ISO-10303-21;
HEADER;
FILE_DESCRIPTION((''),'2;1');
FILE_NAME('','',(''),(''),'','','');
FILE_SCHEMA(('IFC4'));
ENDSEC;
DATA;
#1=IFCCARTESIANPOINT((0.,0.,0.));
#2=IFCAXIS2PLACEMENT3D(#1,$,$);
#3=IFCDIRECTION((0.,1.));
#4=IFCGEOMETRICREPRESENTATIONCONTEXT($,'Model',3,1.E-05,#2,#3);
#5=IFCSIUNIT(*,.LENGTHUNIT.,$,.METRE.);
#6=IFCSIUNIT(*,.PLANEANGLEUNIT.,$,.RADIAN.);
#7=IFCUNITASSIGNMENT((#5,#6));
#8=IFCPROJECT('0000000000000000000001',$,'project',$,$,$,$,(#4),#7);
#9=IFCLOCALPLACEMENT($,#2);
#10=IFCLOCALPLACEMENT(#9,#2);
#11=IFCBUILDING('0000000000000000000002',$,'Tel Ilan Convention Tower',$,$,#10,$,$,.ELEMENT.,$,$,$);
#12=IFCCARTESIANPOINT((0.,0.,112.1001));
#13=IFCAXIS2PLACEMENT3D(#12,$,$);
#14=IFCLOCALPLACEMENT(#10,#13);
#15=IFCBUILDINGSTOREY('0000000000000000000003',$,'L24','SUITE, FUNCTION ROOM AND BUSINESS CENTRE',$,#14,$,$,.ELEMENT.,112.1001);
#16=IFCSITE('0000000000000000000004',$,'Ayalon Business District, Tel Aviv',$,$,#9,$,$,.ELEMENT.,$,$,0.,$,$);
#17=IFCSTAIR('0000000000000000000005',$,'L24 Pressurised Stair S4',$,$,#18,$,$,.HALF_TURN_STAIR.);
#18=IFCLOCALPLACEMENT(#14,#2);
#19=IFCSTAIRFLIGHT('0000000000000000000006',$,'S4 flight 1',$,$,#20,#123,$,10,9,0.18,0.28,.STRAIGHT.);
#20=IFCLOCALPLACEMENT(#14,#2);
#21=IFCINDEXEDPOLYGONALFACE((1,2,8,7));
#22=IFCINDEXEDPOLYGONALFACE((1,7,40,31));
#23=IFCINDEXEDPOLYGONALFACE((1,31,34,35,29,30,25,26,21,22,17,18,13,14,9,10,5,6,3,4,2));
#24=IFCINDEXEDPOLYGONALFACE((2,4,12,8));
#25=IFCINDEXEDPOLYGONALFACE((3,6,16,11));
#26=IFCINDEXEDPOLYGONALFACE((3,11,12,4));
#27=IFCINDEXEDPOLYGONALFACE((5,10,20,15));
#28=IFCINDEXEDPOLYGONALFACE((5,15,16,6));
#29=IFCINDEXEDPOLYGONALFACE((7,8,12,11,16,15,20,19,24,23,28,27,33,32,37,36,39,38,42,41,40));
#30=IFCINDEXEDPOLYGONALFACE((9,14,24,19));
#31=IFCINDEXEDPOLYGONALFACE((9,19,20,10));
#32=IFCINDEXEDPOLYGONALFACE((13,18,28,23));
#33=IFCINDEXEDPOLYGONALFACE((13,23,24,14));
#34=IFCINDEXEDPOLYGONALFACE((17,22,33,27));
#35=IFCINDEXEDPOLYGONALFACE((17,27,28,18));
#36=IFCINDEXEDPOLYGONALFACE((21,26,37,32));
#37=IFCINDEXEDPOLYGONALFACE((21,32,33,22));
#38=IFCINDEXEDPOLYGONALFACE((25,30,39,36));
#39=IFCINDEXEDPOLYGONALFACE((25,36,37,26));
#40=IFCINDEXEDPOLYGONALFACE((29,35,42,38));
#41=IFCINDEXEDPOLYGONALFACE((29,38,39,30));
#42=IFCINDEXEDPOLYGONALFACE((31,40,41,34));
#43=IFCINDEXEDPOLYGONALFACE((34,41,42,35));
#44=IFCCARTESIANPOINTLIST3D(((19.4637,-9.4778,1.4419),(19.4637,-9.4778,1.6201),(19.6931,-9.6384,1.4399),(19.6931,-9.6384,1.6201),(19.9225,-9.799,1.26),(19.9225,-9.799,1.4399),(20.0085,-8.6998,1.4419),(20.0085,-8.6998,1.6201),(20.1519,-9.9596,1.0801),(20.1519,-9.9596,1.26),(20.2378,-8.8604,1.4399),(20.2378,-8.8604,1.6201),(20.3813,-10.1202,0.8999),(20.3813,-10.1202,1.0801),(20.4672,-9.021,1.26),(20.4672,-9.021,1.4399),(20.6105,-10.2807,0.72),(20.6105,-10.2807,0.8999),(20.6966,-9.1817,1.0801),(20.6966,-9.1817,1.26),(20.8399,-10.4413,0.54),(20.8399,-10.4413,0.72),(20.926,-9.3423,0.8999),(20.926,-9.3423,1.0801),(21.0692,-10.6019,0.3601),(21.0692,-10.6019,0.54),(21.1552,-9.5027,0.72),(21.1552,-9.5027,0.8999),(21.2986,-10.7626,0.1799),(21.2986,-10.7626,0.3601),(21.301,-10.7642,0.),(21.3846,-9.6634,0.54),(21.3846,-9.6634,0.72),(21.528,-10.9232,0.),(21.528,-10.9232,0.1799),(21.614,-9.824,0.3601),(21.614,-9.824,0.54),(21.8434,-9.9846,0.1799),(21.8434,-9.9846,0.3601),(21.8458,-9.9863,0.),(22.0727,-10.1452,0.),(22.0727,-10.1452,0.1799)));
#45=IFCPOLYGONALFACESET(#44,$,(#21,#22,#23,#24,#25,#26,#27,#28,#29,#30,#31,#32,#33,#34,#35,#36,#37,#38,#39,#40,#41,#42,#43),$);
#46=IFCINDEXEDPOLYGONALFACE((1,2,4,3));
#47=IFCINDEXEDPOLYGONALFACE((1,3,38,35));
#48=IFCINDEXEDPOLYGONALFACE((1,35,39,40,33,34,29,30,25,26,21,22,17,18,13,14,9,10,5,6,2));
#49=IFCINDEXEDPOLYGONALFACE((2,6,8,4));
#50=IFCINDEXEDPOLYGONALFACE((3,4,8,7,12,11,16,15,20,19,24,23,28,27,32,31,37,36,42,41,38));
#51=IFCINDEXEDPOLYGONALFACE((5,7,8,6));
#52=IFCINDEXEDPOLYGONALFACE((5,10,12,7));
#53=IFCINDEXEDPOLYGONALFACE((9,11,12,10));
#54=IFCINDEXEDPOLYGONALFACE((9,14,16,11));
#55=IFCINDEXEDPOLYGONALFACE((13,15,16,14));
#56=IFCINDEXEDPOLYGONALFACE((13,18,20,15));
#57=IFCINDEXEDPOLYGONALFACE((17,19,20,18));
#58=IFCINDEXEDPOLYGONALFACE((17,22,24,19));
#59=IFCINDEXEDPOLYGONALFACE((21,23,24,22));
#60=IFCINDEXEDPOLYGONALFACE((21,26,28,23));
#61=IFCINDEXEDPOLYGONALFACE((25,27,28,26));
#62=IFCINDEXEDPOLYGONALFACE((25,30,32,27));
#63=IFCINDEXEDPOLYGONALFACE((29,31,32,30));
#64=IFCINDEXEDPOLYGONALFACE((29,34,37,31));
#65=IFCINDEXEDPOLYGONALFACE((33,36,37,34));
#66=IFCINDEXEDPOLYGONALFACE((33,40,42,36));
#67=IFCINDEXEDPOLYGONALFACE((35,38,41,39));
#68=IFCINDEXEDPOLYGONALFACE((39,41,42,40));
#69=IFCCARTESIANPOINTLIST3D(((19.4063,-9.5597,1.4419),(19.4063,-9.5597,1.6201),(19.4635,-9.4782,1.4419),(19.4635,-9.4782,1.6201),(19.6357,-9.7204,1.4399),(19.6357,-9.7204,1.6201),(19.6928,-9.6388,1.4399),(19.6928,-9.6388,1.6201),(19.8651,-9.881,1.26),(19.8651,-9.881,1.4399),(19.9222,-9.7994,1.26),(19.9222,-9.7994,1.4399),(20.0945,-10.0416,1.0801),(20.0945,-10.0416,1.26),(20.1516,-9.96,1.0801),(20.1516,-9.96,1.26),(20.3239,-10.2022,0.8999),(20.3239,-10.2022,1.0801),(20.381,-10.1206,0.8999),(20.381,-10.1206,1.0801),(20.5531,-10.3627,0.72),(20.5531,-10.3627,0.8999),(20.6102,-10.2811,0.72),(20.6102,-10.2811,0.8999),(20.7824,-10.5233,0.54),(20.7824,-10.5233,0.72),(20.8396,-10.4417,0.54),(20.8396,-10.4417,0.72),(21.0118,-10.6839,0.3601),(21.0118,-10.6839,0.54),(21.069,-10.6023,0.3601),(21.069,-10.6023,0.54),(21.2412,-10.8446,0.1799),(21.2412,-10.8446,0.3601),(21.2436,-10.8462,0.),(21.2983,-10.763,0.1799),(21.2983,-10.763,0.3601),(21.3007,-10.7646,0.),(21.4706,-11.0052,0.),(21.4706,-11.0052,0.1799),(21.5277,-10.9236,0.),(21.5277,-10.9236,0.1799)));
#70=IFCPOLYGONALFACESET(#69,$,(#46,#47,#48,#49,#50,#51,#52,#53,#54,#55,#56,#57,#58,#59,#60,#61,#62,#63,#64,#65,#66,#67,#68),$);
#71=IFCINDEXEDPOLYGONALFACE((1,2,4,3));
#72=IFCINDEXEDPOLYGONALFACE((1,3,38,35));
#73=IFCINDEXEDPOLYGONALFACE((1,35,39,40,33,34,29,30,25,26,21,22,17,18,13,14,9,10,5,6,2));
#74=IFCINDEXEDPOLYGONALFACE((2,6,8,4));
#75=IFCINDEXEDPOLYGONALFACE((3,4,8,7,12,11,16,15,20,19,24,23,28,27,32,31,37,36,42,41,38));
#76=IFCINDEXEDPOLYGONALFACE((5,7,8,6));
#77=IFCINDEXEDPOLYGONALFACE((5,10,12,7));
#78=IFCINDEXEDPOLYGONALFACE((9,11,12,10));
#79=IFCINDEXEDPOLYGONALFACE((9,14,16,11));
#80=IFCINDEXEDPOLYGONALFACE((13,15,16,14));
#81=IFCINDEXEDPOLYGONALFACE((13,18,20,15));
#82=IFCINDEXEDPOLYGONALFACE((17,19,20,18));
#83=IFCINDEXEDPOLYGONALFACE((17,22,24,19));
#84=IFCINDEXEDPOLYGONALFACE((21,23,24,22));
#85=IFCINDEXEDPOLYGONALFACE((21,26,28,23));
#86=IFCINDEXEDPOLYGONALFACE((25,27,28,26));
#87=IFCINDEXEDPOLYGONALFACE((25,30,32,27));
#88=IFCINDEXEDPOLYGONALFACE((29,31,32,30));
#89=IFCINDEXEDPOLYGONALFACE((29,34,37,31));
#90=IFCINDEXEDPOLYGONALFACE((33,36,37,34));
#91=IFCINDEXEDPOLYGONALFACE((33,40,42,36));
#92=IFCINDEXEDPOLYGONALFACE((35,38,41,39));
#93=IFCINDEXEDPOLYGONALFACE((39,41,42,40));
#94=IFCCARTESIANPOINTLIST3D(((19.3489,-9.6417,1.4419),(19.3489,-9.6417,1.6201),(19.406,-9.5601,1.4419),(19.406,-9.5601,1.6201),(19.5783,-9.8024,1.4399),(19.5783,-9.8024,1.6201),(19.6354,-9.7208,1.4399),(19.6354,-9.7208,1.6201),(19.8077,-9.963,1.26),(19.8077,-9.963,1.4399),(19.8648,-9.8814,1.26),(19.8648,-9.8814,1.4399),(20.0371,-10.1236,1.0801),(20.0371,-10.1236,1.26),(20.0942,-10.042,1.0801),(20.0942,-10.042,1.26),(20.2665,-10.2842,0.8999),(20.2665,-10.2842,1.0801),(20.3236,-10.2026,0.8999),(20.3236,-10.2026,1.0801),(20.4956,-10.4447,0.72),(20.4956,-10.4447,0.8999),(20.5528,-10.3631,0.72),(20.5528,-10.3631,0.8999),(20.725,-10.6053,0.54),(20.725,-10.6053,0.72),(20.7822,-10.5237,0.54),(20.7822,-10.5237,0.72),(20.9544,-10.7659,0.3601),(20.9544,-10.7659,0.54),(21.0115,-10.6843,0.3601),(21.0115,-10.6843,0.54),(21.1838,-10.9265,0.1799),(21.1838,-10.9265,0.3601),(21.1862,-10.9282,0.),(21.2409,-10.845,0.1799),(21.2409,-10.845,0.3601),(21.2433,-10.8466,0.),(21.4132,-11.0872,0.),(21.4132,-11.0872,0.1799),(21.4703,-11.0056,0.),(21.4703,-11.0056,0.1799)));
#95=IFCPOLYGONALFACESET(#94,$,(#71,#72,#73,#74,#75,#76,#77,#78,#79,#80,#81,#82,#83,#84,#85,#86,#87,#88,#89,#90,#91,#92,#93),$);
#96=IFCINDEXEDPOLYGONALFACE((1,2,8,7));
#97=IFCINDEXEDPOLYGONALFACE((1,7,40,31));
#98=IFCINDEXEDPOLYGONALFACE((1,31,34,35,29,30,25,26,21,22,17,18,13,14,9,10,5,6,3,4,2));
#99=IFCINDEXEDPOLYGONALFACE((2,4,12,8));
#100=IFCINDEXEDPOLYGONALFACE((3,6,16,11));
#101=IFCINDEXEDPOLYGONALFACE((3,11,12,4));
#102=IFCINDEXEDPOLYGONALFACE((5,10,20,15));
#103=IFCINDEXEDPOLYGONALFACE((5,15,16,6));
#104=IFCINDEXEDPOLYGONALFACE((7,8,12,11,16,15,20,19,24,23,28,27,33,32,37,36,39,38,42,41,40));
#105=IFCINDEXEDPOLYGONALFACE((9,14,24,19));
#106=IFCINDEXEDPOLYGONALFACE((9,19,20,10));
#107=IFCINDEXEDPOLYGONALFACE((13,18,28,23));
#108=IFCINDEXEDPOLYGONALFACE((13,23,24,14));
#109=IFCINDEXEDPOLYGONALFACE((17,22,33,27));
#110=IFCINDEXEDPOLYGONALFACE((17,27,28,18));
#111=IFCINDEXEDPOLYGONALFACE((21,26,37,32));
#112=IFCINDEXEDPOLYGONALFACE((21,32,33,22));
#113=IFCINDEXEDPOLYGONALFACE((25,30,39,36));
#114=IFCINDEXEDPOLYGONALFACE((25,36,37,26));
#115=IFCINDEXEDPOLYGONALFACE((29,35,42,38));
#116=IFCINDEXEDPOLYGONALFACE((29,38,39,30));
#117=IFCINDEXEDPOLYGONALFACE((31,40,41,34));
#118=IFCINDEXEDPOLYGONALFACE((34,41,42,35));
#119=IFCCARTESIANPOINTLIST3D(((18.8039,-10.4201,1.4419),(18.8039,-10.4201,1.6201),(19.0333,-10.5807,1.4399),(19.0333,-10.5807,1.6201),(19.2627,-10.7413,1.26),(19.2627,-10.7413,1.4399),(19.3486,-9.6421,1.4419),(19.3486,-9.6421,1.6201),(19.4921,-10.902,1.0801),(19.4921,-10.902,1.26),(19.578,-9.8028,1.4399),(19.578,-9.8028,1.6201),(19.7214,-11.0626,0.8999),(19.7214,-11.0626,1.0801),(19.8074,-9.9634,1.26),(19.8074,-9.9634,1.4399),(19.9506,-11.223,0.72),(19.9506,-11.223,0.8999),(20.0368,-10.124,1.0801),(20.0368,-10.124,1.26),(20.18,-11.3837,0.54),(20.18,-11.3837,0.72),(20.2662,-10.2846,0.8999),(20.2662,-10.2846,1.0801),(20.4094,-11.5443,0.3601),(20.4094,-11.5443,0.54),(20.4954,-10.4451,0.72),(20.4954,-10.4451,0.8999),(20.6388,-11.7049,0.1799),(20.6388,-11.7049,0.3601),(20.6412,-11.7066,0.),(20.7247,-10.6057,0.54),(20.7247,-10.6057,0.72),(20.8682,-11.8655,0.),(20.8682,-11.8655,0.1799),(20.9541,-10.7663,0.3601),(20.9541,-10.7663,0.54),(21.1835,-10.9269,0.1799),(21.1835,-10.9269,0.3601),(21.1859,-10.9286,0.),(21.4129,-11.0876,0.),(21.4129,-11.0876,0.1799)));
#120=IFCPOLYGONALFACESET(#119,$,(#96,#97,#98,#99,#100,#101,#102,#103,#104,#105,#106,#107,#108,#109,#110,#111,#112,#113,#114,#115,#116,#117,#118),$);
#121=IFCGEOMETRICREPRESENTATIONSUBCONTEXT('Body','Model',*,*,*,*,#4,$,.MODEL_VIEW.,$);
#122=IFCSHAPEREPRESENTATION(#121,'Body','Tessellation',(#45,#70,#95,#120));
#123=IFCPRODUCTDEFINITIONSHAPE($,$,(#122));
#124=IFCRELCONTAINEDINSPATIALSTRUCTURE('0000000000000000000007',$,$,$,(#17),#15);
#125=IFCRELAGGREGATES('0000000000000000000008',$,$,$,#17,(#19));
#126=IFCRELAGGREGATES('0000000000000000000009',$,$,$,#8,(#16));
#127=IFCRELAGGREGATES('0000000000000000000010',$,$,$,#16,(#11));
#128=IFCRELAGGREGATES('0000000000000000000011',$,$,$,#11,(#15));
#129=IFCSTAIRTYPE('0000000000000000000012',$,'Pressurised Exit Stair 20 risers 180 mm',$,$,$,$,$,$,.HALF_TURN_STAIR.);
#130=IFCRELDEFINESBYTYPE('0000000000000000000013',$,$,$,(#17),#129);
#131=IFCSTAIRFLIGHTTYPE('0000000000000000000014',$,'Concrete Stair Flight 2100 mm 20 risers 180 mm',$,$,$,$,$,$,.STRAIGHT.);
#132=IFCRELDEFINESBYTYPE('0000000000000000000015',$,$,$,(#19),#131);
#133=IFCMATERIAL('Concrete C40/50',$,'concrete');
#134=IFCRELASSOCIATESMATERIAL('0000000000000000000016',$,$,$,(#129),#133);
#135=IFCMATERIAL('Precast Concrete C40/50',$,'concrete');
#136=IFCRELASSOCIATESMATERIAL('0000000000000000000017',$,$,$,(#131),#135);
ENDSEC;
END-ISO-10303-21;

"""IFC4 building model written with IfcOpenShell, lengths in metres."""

from ifc_helpers import new_model, si_unit, direction, frame, origin, place, context, subcontext, project, spatial, polyline, outline, extrude, material, type_object, element, aggregate, save


model = new_model("IFC4")

# Units and contexts
model_context = context("Model", 3, precision=1e-05, world=origin(), true_north=direction((0.0, 1.0)))
body_context = subcontext(model_context, "Body", "Model", "MODEL_VIEW")
ifc_project = project(units=[si_unit("LENGTHUNIT", "METRE"), si_unit("PLANEANGLEUNIT", "RADIAN")], contexts=[model_context])

# Site, building, storey
site_placement = place(None, origin())
site = spatial("IfcSite", under=ifc_project, at=site_placement, Name="Ayalon Business District, Tel Aviv", CompositionType="ELEMENT", RefElevation=0.0)
building_placement = place(site_placement, origin())
building = spatial("IfcBuilding", under=site, at=building_placement, Name="Tel Ilan Convention Tower", CompositionType="ELEMENT")
storey_placement = place(building_placement, frame((0.0, 0.0, 112.1001)))
storey = spatial("IfcBuildingStorey", under=building, at=storey_placement, Name="L24", Description="SUITE, FUNCTION ROOM AND BUSINESS CENTRE", CompositionType="ELEMENT", Elevation=112.1001)

# Stair, stair flight
ifc_material_1 = material(Name="Concrete C40/50", Category="concrete")
stair_type = type_object("IfcStairType", Name="Pressurised Exit Stair 20 risers 180 mm", PredefinedType="HALF_TURN_STAIR", material=ifc_material_1)
ifc_material_2 = material(Name="Precast Concrete C40/50", Category="concrete")
stair_flight_type = type_object("IfcStairFlightType", Name="Concrete Stair Flight 2100 mm 20 risers 180 mm", PredefinedType="STRAIGHT", material=ifc_material_2)
stair_1_placement = place(storey_placement, origin())
stair_1 = element("IfcStair", 1, at=stair_1_placement, inside=storey, type_object=stair_type, Name="L24 Pressurised Stair S4", PredefinedType="HALF_TURN_STAIR")
stair_flight_1_placement = place(storey_placement, frame((21.4705, -11.0054, 0.0), z_axis=(0.0, 0.0, 1.0), x_axis=(-0.819152, 0.573576, 0.0)))
stair_flight_1 = element("IfcStairFlight", 2, at=stair_flight_1_placement, type_object=stair_flight_type, Name="S4 flight 1", NumberOfRisers=10, NumberOfTreads=9, PredefinedType="STRAIGHT", RiserHeight=0.18, TreadLength=0.28, context=body_context, shape_type="SweptSolid", body=[
    extrude(outline(polyline([(0.0, 0.0), (0.0, 0.1799), (0.28, 0.1799), (0.28, 0.3601), (0.5601, 0.3601), (0.5601, 0.54), (0.8401, 0.54), (0.8401, 0.72), (1.1201, 0.72), (1.1201, 0.8999), (1.3999, 0.8999), (1.3999, 1.0801), (1.6799, 1.0801), (1.6799, 1.26), (1.96, 1.26), (1.96, 1.4399), (2.24, 1.4399), (2.24, 1.6201), (2.52, 1.6201), (2.52, 1.8), (2.52, 1.4419), (0.2771, 0.0), (0.0, 0.0)])), frame((0.0, -0.1003, 0.0), z_axis=(0.0, -1.0, 0.0), x_axis=(1.0, 0.0, 0.0)), (0.0, 0.0, 1.0), 0.9497),
    extrude(outline(polyline([(0.0, 0.0), (0.0, 0.1799), (0.28, 0.1799), (0.28, 0.3601), (0.5601, 0.3601), (0.5601, 0.54), (0.8401, 0.54), (0.8401, 0.72), (1.1201, 0.72), (1.1201, 0.8999), (1.3999, 0.8999), (1.3999, 1.0801), (1.6799, 1.0801), (1.6799, 1.26), (1.96, 1.26), (1.96, 1.4399), (2.24, 1.4399), (2.24, 1.6201), (2.52, 1.6201), (2.52, 1.8), (2.52, 1.4419), (0.2771, 0.0), (0.0, 0.0)])), frame((0.0, -0.0002, 0.0), z_axis=(0.0, -1.0, 0.0), x_axis=(1.0, 0.0, 0.0)), (0.0, 0.0, 1.0), 0.0996),
    extrude(outline(polyline([(0.0, 0.0), (0.0, 0.1799), (0.28, 0.1799), (0.28, 0.3601), (0.5601, 0.3601), (0.5601, 0.54), (0.8401, 0.54), (0.8401, 0.72), (1.1201, 0.72), (1.1201, 0.8999), (1.3999, 0.8999), (1.3999, 1.0801), (1.6799, 1.0801), (1.6799, 1.26), (1.96, 1.26), (1.96, 1.4399), (2.24, 1.4399), (2.24, 1.6201), (2.52, 1.6201), (2.52, 1.8), (2.52, 1.4419), (0.2771, 0.0), (0.0, 0.0)])), frame((0.0, 0.0999, 0.0), z_axis=(0.0, -1.0, 0.0), x_axis=(1.0, 0.0, 0.0)), (0.0, 0.0, 1.0), 0.0996),
    extrude(outline(polyline([(0.0, 0.0), (0.0, 0.1799), (0.28, 0.1799), (0.28, 0.3601), (0.5601, 0.3601), (0.5601, 0.54), (0.8401, 0.54), (0.8401, 0.72), (1.1201, 0.72), (1.1201, 0.8999), (1.3999, 0.8999), (1.3999, 1.0801), (1.6799, 1.0801), (1.6799, 1.26), (1.96, 1.26), (1.96, 1.4399), (2.24, 1.4399), (2.24, 1.6201), (2.52, 1.6201), (2.52, 1.8), (2.52, 1.4419), (0.2771, 0.0), (0.0, 0.0)])), frame((0.0, 1.05, 0.0), z_axis=(0.0, -1.0, 0.0), x_axis=(1.0, 0.0, 0.0)), (0.0, 0.0, 1.0), 0.9497),
])
aggregate(stair_1, [stair_flight_1])

save(model, "model.ifc")
